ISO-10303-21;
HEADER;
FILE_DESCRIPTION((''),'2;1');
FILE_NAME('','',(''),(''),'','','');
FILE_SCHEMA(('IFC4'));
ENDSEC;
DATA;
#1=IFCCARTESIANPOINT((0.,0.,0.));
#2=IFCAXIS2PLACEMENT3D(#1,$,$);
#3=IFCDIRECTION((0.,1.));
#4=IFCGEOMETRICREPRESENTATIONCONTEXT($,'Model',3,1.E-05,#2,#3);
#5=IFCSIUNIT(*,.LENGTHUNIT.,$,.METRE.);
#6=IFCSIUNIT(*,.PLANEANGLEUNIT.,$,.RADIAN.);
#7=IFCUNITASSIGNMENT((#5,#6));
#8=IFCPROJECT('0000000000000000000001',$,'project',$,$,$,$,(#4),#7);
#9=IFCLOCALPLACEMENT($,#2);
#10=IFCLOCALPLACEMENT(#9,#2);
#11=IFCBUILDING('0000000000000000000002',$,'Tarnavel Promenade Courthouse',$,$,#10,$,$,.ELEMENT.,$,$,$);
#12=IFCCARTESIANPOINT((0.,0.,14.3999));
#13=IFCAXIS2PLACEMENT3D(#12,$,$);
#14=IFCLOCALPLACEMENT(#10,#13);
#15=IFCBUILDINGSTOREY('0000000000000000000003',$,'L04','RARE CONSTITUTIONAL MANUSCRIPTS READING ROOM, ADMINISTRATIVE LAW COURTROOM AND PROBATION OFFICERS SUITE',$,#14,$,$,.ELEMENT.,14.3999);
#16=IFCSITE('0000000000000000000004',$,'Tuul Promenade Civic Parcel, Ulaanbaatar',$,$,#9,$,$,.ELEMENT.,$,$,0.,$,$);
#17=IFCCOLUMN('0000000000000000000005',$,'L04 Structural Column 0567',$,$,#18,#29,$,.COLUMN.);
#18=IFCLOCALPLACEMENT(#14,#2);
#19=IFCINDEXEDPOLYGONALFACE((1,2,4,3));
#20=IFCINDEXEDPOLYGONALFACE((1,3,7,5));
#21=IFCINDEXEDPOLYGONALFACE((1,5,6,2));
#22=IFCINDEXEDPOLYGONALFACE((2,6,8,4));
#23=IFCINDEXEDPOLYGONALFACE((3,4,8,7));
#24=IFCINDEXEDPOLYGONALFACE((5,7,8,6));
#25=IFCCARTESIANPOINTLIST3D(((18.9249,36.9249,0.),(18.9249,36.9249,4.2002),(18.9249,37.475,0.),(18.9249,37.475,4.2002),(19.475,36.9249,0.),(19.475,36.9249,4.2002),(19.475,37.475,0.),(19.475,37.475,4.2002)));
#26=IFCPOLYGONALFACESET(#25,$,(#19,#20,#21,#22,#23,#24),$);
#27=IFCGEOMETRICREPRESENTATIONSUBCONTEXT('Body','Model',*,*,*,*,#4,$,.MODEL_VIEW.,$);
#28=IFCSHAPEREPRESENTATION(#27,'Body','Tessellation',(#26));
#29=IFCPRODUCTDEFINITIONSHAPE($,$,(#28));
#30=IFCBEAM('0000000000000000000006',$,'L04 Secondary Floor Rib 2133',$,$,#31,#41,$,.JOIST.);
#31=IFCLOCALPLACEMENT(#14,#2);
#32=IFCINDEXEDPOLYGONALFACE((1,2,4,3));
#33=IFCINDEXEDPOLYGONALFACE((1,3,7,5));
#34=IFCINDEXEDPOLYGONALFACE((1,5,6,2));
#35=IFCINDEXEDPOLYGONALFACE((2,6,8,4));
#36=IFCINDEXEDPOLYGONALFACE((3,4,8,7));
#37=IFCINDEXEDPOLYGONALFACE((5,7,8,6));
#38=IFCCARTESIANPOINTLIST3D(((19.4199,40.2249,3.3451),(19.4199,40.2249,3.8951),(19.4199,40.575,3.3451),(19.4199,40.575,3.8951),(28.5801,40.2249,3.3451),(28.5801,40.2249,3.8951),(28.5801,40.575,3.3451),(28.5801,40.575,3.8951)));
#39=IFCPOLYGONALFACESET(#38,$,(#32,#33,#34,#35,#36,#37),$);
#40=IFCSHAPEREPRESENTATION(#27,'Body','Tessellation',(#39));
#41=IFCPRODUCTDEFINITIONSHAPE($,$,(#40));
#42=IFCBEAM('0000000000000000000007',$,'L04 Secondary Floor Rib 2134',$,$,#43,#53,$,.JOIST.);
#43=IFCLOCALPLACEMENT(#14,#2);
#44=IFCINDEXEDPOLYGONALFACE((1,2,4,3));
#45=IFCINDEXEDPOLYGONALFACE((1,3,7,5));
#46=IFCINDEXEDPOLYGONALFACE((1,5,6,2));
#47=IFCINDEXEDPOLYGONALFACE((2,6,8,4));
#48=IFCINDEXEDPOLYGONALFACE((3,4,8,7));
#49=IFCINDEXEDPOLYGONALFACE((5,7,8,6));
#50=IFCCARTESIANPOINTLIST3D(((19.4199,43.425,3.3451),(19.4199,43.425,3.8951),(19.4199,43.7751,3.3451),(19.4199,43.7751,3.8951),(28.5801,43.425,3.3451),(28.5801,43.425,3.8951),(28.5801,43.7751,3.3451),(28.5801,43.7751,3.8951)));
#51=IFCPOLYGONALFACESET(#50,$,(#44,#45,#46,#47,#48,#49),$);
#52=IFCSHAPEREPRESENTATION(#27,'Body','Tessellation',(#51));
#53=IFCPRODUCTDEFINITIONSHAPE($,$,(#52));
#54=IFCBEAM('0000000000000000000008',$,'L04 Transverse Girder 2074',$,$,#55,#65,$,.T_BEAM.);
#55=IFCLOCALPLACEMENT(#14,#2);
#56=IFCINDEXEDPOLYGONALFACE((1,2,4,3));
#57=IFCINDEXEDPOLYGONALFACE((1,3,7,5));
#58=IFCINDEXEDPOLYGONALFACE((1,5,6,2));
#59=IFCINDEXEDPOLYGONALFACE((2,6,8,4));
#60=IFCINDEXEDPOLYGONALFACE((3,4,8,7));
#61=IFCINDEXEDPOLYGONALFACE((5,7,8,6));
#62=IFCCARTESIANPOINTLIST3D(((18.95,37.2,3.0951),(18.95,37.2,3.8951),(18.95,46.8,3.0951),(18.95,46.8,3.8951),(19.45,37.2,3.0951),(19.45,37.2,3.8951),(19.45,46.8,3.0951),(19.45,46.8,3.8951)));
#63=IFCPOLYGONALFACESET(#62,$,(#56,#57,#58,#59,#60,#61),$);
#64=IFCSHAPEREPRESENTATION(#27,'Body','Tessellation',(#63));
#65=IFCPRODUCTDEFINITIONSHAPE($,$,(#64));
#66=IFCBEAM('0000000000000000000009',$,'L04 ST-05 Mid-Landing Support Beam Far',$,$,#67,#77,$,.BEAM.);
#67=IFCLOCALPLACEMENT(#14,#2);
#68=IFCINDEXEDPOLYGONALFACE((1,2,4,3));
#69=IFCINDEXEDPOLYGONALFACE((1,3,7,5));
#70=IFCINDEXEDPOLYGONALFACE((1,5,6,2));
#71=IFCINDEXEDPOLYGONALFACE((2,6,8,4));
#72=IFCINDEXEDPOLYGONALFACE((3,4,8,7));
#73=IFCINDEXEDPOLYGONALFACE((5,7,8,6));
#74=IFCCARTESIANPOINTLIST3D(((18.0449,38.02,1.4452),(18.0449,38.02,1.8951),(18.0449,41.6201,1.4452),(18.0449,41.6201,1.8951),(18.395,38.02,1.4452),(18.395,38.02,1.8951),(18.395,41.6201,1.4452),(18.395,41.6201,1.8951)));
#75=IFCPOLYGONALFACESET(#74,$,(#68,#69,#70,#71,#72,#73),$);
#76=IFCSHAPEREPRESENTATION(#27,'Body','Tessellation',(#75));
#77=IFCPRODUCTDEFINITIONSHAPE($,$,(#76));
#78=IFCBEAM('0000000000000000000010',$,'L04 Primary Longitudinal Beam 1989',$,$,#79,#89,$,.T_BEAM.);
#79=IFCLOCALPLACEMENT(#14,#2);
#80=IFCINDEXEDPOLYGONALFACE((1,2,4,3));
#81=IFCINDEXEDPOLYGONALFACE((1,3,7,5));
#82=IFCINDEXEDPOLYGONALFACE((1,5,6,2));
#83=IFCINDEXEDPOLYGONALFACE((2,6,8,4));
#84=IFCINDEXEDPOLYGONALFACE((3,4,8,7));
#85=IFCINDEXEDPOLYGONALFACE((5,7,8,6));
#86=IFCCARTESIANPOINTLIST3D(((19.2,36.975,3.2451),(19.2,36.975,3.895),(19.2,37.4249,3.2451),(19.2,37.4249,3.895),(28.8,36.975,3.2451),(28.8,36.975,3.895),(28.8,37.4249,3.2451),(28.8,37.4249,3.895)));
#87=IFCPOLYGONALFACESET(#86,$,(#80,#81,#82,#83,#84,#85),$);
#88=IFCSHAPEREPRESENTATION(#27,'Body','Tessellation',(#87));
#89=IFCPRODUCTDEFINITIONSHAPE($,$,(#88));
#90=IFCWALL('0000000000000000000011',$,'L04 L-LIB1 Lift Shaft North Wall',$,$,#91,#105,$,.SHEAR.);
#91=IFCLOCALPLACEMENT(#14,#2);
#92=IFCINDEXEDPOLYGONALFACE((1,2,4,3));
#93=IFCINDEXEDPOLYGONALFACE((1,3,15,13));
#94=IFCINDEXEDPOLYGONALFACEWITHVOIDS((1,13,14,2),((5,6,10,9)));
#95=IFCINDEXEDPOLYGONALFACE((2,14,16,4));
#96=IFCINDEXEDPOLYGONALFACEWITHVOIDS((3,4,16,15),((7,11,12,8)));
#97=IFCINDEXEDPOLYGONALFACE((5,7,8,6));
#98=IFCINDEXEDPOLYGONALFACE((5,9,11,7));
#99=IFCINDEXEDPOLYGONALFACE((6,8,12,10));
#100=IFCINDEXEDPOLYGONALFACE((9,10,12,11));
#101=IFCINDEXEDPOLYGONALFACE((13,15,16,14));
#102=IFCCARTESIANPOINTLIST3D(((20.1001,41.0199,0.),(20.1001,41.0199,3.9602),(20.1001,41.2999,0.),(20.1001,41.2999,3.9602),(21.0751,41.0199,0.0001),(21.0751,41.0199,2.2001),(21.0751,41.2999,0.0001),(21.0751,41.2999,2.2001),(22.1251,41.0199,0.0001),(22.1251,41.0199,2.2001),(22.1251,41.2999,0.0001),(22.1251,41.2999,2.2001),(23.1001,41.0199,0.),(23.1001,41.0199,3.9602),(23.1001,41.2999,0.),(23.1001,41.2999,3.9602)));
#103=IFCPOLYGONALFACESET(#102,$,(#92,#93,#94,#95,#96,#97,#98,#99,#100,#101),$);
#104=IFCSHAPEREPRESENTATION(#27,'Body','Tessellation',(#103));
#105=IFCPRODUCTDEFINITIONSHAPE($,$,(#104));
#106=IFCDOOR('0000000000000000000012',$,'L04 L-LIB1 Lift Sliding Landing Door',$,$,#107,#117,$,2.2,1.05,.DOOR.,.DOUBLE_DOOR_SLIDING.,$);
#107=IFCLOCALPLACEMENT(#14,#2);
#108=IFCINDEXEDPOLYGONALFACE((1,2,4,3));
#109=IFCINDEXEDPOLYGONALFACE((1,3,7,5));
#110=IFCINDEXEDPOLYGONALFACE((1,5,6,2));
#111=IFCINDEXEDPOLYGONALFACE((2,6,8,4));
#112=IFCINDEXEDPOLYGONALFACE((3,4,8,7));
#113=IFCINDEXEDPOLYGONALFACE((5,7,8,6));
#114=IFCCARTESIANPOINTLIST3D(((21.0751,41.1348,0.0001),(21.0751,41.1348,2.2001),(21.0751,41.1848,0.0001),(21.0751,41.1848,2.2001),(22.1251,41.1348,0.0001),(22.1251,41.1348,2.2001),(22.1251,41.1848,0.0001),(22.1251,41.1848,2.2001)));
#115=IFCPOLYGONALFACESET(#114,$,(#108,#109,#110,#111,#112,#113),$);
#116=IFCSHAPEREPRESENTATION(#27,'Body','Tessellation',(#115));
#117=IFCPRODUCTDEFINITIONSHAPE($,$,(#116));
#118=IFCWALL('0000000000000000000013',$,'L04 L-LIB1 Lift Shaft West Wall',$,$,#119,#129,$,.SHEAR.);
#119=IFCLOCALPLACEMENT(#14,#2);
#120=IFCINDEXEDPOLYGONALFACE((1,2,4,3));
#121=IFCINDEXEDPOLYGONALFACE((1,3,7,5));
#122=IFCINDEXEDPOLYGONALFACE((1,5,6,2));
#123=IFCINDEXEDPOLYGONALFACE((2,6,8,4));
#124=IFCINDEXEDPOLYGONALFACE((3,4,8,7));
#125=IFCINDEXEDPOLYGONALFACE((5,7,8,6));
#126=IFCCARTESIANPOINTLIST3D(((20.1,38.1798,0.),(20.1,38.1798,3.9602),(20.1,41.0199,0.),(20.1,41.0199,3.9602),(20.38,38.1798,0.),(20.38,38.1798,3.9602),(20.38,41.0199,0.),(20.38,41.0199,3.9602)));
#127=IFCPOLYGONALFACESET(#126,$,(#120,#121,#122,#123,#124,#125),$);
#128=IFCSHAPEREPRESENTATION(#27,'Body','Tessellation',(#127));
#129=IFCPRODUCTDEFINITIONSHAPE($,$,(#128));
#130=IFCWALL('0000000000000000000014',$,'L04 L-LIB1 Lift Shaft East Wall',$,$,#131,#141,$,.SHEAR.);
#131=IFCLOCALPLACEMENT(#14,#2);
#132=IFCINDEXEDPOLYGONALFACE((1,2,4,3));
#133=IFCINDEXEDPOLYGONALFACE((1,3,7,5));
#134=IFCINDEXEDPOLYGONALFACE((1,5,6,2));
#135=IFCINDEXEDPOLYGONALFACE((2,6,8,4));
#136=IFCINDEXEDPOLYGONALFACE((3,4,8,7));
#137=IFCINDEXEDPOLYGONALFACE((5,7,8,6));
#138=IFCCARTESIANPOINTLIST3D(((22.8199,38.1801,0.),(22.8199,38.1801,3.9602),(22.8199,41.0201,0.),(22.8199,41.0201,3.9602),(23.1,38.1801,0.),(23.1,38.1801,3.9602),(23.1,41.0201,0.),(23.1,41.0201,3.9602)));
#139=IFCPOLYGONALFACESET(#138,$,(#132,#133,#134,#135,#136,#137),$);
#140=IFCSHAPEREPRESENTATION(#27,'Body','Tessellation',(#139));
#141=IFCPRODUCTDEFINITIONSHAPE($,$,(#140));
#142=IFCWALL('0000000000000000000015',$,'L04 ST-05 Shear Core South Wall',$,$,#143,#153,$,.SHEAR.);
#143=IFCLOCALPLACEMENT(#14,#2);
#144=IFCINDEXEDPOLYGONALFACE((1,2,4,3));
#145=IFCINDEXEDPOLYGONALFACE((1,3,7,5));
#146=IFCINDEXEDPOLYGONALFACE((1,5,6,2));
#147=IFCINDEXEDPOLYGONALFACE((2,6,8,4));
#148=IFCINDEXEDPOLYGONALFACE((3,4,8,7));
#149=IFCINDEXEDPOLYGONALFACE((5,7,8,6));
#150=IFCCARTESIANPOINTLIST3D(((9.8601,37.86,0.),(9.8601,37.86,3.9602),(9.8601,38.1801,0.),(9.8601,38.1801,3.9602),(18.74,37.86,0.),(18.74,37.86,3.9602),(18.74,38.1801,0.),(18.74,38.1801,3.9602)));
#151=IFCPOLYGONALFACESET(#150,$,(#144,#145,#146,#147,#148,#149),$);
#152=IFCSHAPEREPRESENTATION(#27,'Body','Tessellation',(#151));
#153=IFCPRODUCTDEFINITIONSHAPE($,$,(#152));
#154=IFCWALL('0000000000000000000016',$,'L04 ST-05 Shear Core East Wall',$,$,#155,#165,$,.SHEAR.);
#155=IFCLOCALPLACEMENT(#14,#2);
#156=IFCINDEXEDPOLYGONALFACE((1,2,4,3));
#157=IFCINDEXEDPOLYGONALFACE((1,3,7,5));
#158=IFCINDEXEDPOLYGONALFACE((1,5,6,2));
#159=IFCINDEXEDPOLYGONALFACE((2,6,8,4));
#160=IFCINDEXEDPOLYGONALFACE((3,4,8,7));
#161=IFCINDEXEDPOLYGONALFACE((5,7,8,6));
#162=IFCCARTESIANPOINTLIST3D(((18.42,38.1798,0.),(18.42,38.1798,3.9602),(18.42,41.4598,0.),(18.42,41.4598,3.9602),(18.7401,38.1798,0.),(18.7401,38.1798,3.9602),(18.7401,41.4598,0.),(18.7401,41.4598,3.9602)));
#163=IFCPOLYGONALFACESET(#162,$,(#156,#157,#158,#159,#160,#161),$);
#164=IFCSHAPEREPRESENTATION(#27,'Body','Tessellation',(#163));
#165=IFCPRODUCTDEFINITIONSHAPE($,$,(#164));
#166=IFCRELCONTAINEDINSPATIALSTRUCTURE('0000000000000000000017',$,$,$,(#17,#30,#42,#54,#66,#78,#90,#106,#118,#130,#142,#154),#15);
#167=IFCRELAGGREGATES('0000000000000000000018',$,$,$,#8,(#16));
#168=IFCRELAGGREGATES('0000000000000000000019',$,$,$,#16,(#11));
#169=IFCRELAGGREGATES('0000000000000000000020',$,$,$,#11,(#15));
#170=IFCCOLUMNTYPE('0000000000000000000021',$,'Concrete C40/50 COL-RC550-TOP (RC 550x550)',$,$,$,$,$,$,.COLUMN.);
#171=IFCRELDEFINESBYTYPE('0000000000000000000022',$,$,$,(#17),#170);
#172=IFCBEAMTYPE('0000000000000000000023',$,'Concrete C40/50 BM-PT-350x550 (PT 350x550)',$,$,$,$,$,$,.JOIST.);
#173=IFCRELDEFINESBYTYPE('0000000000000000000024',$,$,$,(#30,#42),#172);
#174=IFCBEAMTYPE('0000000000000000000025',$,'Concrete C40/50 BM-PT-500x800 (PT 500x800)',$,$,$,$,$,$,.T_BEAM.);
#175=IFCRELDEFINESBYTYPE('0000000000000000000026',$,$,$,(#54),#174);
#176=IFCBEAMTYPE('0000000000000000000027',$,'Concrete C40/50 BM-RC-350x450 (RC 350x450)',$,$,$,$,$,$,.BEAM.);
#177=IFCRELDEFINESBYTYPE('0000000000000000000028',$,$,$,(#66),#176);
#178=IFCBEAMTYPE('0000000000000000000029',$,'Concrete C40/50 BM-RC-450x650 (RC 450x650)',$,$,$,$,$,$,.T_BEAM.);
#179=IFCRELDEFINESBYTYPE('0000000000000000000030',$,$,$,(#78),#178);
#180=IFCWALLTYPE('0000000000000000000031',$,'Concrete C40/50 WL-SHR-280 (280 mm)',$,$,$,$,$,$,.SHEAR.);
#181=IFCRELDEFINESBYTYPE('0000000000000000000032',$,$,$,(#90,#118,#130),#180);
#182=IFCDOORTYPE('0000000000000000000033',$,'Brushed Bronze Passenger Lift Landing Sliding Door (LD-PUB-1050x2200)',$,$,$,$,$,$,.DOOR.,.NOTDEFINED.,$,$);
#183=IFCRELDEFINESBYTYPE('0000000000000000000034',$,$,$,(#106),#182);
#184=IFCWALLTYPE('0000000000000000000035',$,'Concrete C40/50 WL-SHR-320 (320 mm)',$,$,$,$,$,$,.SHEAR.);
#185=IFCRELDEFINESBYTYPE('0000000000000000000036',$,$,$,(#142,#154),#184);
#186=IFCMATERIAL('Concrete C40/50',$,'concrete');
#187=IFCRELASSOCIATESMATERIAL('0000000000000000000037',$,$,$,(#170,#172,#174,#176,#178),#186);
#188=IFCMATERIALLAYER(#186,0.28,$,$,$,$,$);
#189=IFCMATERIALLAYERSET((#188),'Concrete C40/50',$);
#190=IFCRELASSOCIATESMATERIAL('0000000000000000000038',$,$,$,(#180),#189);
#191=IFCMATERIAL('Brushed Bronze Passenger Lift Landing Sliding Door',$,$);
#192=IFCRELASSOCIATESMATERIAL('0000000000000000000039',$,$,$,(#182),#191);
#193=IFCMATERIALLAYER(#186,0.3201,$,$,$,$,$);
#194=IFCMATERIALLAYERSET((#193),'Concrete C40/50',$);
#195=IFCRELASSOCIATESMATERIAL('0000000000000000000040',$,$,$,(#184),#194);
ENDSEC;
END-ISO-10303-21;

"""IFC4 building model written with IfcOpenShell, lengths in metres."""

from ifc_helpers import new_model, si_unit, direction, frame, frame_2d, origin, origin_2d, place, context, subcontext, project, spatial, rectangle, extrude, material, layer, layer_set, material_profile, profile_set, type_object, element, fill, save


model = new_model("IFC4")

# Units and contexts
model_context = context("Model", 3, precision=1e-05, world=origin(), true_north=direction((0.0, 1.0)))
body_context = subcontext(model_context, "Body", "Model", "MODEL_VIEW")
ifc_project = project(units=[si_unit("LENGTHUNIT", "METRE"), si_unit("PLANEANGLEUNIT", "RADIAN")], contexts=[model_context])

# Site, building, storey
site_placement = place(None, origin())
site = spatial("IfcSite", under=ifc_project, at=site_placement, Name="Tuul Promenade Civic Parcel, Ulaanbaatar", CompositionType="ELEMENT", RefElevation=0.0)
building_placement = place(site_placement, origin())
building = spatial("IfcBuilding", under=site, at=building_placement, Name="Tarnavel Promenade Courthouse", CompositionType="ELEMENT")
storey_placement = place(building_placement, frame((0.0, 0.0, 14.3999)))
storey = spatial("IfcBuildingStorey", under=building, at=storey_placement, Name="L04", Description="RARE CONSTITUTIONAL MANUSCRIPTS READING ROOM, ADMINISTRATIVE LAW COURTROOM AND PROBATION OFFICERS SUITE", CompositionType="ELEMENT", Elevation=14.3999)

# Column
ifc_material_1 = material(Name="Concrete C40/50", Category="concrete")
ifc_material_profile_1 = material_profile(ifc_material_1, rectangle(XDim=0.55, YDim=0.55, at=origin_2d()), Name="RC 550x550")
ifc_profile_set_1 = profile_set([ifc_material_profile_1], Name="Concrete C40/50")
column_type = type_object("IfcColumnType", Name="Concrete C40/50 COL-RC550-TOP (RC 550x550)", PredefinedType="COLUMN", material=ifc_profile_set_1)
column_placement = place(storey_placement, frame((19.2, 37.2, 0.0), z_axis=(0.0, 0.0, 1.0), x_axis=(1.0, 0.0, 0.0)))
element("IfcColumn", 1, at=column_placement, inside=storey, type_object=column_type, Name="L04 Structural Column 0567", PredefinedType="COLUMN", context=body_context, shape_type="SweptSolid", body=[
    extrude(rectangle(XDim=0.55, YDim=0.55, at=origin_2d()), origin(), (0.0, 0.0, 1.0), 4.2002),
])

# Beams
ifc_material_profile_2 = material_profile(ifc_material_1, rectangle(XDim=0.3501, YDim=0.55, at=origin_2d()), Name="PT 350x550")
ifc_profile_set_2 = profile_set([ifc_material_profile_2], Name="Concrete C40/50")
beam_type_1 = type_object("IfcBeamType", Name="Concrete C40/50 BM-PT-350x550 (PT 350x550)", PredefinedType="JOIST", material=ifc_profile_set_2)
for number, where, z_axis, x_axis, name in (
    (2, (19.4199, 40.3999, 3.6201), (1.0, 0.0, 0.0), (0.0, 1.0, 0.0), "L04 Secondary Floor Rib 2133"),
    (3, (19.4199, 43.6001, 3.6201), (1.0, 0.0, 0.0), (0.0, 1.0, 0.0), "L04 Secondary Floor Rib 2134"),
):
    element("IfcBeam", number, at=place(storey_placement, frame(where, z_axis=z_axis, x_axis=x_axis)), inside=storey, type_object=beam_type_1, Name=name, PredefinedType="JOIST", context=body_context, shape_type="SweptSolid", body=[
        extrude(rectangle(XDim=0.3501, YDim=0.55, at=origin_2d()), origin(), (0.0, 0.0, 1.0), 9.1602),
    ])
ifc_material_profile_3 = material_profile(ifc_material_1, rectangle(XDim=0.5, YDim=0.8, at=origin_2d()), Name="PT 500x800")
ifc_profile_set_3 = profile_set([ifc_material_profile_3], Name="Concrete C40/50")
beam_type_2 = type_object("IfcBeamType", Name="Concrete C40/50 BM-PT-500x800 (PT 500x800)", PredefinedType="T_BEAM", material=ifc_profile_set_3)
beam_1_placement = place(storey_placement, frame((19.2, 37.2, 3.4951), z_axis=(0.0, 1.0, 0.0), x_axis=(-1.0, 0.0, 0.0)))
element("IfcBeam", 4, at=beam_1_placement, inside=storey, type_object=beam_type_2, Name="L04 Transverse Girder 2074", PredefinedType="T_BEAM", context=body_context, shape_type="SweptSolid", body=[
    extrude(rectangle(XDim=0.5, YDim=0.8, at=origin_2d()), origin(), (0.0, 0.0, 1.0), 9.6001),
])
ifc_material_profile_4 = material_profile(ifc_material_1, rectangle(XDim=0.3501, YDim=0.45, at=origin_2d()), Name="RC 350x450")
ifc_profile_set_4 = profile_set([ifc_material_profile_4], Name="Concrete C40/50")
beam_type_3 = type_object("IfcBeamType", Name="Concrete C40/50 BM-RC-350x450 (RC 350x450)", PredefinedType="BEAM", material=ifc_profile_set_4)
beam_2_placement = place(storey_placement, frame((18.22, 38.02, 1.6702), z_axis=(0.0, 1.0, 0.0), x_axis=(-1.0, 0.0, 0.0)))
element("IfcBeam", 5, at=beam_2_placement, inside=storey, type_object=beam_type_3, Name="L04 ST-05 Mid-Landing Support Beam Far", PredefinedType="BEAM", context=body_context, shape_type="SweptSolid", body=[
    extrude(rectangle(XDim=0.3501, YDim=0.45, at=origin_2d()), origin(), (0.0, 0.0, 1.0), 3.6001),
])
ifc_material_profile_5 = material_profile(ifc_material_1, rectangle(XDim=0.45, YDim=0.6499, at=origin_2d()), Name="RC 450x650")
ifc_profile_set_5 = profile_set([ifc_material_profile_5], Name="Concrete C40/50")
beam_type_4 = type_object("IfcBeamType", Name="Concrete C40/50 BM-RC-450x650 (RC 450x650)", PredefinedType="T_BEAM", material=ifc_profile_set_5)
beam_3_placement = place(storey_placement, frame((19.2, 37.2, 3.5701), z_axis=(1.0, 0.0, 0.0), x_axis=(0.0, 1.0, 0.0)))
element("IfcBeam", 6, at=beam_3_placement, inside=storey, type_object=beam_type_4, Name="L04 Primary Longitudinal Beam 1989", PredefinedType="T_BEAM", context=body_context, shape_type="SweptSolid", body=[
    extrude(rectangle(XDim=0.45, YDim=0.6499, at=origin_2d()), origin(), (0.0, 0.0, 1.0), 9.6001),
])

# Wall, opening, door
ifc_layer_1 = layer(ifc_material_1, 0.28)
ifc_layer_set_1 = layer_set([ifc_layer_1], Name="Concrete C40/50")
wall_type_1 = type_object("IfcWallType", Name="Concrete C40/50 WL-SHR-280 (280 mm)", PredefinedType="SHEAR", material=ifc_layer_set_1)
wall_1_placement = place(storey_placement, frame((20.1001, 41.1599, 0.0), z_axis=(0.0, 0.0, 1.0), x_axis=(1.0, 0.0, 0.0)))
wall_1 = element("IfcWall", 7, at=wall_1_placement, inside=storey, type_object=wall_type_1, Name="L04 L-LIB1 Lift Shaft North Wall", PredefinedType="SHEAR", context=body_context, shape_type="SweptSolid", body=[
    extrude(rectangle(XDim=3.0, YDim=0.28, at=frame_2d((1.5, 0.0))), origin(), (0.0, 0.0, 1.0), 3.9602),
])
opening_placement = place(wall_1_placement, frame((0.9751, 0.0, 0.0)))
opening = element("IfcOpeningElement", 8, at=opening_placement, cuts=wall_1, PredefinedType="OPENING", context=body_context, shape_type="SweptSolid", body=[
    extrude(rectangle(XDim=1.05, YDim=2.2, at=frame_2d((0.5249, 1.1001))), frame((0.0, 0.1499, 0.0), z_axis=(0.0, -1.0, 0.0), x_axis=(1.0, 0.0, 0.0)), (0.0, 0.0, 1.0), 0.3),
])
ifc_material_2 = material(Name="Brushed Bronze Passenger Lift Landing Sliding Door")
door_type = type_object("IfcDoorType", Name="Brushed Bronze Passenger Lift Landing Sliding Door (LD-PUB-1050x2200)", OperationType="NOTDEFINED", PredefinedType="DOOR", material=ifc_material_2)
door_placement = place(opening_placement, origin())
door = element("IfcDoor", 9, at=door_placement, inside=storey, type_object=door_type, Name="L04 L-LIB1 Lift Sliding Landing Door", OperationType="DOUBLE_DOOR_SLIDING", OverallHeight=2.2, OverallWidth=1.05, PredefinedType="DOOR", context=body_context, shape_type="SweptSolid", body=[
    extrude(rectangle(XDim=1.05, YDim=2.2, at=frame_2d((0.5249, 1.1001))), frame((0.0, 0.0249, 0.0), z_axis=(0.0, -1.0, 0.0), x_axis=(1.0, 0.0, 0.0)), (0.0, 0.0, 1.0), 0.05),
])
fill(opening, door)

# Walls
for number, where, z_axis, x_axis, name in (
    (10, (20.24, 38.1799, 0.0), (0.0, 0.0, 1.0), (0.0, 1.0, 0.0), "L04 L-LIB1 Lift Shaft West Wall"),
    (11, (22.96, 41.02, 0.0), (0.0, 0.0, 1.0), (0.0, -1.0, 0.0), "L04 L-LIB1 Lift Shaft East Wall"),
):
    element("IfcWall", number, at=place(storey_placement, frame(where, z_axis=z_axis, x_axis=x_axis)), inside=storey, type_object=wall_type_1, Name=name, PredefinedType="SHEAR", context=body_context, shape_type="SweptSolid", body=[
        extrude(rectangle(XDim=2.8401, YDim=0.28, at=frame_2d((1.4199, 0.0))), origin(), (0.0, 0.0, 1.0), 3.9602),
    ])
ifc_layer_2 = layer(ifc_material_1, 0.3201)
ifc_layer_set_2 = layer_set([ifc_layer_2], Name="Concrete C40/50")
wall_type_2 = type_object("IfcWallType", Name="Concrete C40/50 WL-SHR-320 (320 mm)", PredefinedType="SHEAR", material=ifc_layer_set_2)
wall_2_placement = place(storey_placement, frame((18.74, 38.02, 0.0), z_axis=(0.0, 0.0, 1.0), x_axis=(-1.0, 0.0, 0.0)))
element("IfcWall", 12, at=wall_2_placement, inside=storey, type_object=wall_type_2, Name="L04 ST-05 Shear Core South Wall", PredefinedType="SHEAR", context=body_context, shape_type="SweptSolid", body=[
    extrude(rectangle(XDim=8.8799, YDim=0.3201, at=frame_2d((4.4399, 0.0))), origin(), (0.0, 0.0, 1.0), 3.9602),
])
wall_3_placement = place(storey_placement, frame((18.5801, 41.46, 0.0), z_axis=(0.0, 0.0, 1.0), x_axis=(0.0, -1.0, 0.0)))
element("IfcWall", 13, at=wall_3_placement, inside=storey, type_object=wall_type_2, Name="L04 ST-05 Shear Core East Wall", PredefinedType="SHEAR", context=body_context, shape_type="SweptSolid", body=[
    extrude(rectangle(XDim=3.28, YDim=0.3201, at=frame_2d((1.6401, 0.0))), origin(), (0.0, 0.0, 1.0), 3.9602),
])

save(model, "model.ifc")
